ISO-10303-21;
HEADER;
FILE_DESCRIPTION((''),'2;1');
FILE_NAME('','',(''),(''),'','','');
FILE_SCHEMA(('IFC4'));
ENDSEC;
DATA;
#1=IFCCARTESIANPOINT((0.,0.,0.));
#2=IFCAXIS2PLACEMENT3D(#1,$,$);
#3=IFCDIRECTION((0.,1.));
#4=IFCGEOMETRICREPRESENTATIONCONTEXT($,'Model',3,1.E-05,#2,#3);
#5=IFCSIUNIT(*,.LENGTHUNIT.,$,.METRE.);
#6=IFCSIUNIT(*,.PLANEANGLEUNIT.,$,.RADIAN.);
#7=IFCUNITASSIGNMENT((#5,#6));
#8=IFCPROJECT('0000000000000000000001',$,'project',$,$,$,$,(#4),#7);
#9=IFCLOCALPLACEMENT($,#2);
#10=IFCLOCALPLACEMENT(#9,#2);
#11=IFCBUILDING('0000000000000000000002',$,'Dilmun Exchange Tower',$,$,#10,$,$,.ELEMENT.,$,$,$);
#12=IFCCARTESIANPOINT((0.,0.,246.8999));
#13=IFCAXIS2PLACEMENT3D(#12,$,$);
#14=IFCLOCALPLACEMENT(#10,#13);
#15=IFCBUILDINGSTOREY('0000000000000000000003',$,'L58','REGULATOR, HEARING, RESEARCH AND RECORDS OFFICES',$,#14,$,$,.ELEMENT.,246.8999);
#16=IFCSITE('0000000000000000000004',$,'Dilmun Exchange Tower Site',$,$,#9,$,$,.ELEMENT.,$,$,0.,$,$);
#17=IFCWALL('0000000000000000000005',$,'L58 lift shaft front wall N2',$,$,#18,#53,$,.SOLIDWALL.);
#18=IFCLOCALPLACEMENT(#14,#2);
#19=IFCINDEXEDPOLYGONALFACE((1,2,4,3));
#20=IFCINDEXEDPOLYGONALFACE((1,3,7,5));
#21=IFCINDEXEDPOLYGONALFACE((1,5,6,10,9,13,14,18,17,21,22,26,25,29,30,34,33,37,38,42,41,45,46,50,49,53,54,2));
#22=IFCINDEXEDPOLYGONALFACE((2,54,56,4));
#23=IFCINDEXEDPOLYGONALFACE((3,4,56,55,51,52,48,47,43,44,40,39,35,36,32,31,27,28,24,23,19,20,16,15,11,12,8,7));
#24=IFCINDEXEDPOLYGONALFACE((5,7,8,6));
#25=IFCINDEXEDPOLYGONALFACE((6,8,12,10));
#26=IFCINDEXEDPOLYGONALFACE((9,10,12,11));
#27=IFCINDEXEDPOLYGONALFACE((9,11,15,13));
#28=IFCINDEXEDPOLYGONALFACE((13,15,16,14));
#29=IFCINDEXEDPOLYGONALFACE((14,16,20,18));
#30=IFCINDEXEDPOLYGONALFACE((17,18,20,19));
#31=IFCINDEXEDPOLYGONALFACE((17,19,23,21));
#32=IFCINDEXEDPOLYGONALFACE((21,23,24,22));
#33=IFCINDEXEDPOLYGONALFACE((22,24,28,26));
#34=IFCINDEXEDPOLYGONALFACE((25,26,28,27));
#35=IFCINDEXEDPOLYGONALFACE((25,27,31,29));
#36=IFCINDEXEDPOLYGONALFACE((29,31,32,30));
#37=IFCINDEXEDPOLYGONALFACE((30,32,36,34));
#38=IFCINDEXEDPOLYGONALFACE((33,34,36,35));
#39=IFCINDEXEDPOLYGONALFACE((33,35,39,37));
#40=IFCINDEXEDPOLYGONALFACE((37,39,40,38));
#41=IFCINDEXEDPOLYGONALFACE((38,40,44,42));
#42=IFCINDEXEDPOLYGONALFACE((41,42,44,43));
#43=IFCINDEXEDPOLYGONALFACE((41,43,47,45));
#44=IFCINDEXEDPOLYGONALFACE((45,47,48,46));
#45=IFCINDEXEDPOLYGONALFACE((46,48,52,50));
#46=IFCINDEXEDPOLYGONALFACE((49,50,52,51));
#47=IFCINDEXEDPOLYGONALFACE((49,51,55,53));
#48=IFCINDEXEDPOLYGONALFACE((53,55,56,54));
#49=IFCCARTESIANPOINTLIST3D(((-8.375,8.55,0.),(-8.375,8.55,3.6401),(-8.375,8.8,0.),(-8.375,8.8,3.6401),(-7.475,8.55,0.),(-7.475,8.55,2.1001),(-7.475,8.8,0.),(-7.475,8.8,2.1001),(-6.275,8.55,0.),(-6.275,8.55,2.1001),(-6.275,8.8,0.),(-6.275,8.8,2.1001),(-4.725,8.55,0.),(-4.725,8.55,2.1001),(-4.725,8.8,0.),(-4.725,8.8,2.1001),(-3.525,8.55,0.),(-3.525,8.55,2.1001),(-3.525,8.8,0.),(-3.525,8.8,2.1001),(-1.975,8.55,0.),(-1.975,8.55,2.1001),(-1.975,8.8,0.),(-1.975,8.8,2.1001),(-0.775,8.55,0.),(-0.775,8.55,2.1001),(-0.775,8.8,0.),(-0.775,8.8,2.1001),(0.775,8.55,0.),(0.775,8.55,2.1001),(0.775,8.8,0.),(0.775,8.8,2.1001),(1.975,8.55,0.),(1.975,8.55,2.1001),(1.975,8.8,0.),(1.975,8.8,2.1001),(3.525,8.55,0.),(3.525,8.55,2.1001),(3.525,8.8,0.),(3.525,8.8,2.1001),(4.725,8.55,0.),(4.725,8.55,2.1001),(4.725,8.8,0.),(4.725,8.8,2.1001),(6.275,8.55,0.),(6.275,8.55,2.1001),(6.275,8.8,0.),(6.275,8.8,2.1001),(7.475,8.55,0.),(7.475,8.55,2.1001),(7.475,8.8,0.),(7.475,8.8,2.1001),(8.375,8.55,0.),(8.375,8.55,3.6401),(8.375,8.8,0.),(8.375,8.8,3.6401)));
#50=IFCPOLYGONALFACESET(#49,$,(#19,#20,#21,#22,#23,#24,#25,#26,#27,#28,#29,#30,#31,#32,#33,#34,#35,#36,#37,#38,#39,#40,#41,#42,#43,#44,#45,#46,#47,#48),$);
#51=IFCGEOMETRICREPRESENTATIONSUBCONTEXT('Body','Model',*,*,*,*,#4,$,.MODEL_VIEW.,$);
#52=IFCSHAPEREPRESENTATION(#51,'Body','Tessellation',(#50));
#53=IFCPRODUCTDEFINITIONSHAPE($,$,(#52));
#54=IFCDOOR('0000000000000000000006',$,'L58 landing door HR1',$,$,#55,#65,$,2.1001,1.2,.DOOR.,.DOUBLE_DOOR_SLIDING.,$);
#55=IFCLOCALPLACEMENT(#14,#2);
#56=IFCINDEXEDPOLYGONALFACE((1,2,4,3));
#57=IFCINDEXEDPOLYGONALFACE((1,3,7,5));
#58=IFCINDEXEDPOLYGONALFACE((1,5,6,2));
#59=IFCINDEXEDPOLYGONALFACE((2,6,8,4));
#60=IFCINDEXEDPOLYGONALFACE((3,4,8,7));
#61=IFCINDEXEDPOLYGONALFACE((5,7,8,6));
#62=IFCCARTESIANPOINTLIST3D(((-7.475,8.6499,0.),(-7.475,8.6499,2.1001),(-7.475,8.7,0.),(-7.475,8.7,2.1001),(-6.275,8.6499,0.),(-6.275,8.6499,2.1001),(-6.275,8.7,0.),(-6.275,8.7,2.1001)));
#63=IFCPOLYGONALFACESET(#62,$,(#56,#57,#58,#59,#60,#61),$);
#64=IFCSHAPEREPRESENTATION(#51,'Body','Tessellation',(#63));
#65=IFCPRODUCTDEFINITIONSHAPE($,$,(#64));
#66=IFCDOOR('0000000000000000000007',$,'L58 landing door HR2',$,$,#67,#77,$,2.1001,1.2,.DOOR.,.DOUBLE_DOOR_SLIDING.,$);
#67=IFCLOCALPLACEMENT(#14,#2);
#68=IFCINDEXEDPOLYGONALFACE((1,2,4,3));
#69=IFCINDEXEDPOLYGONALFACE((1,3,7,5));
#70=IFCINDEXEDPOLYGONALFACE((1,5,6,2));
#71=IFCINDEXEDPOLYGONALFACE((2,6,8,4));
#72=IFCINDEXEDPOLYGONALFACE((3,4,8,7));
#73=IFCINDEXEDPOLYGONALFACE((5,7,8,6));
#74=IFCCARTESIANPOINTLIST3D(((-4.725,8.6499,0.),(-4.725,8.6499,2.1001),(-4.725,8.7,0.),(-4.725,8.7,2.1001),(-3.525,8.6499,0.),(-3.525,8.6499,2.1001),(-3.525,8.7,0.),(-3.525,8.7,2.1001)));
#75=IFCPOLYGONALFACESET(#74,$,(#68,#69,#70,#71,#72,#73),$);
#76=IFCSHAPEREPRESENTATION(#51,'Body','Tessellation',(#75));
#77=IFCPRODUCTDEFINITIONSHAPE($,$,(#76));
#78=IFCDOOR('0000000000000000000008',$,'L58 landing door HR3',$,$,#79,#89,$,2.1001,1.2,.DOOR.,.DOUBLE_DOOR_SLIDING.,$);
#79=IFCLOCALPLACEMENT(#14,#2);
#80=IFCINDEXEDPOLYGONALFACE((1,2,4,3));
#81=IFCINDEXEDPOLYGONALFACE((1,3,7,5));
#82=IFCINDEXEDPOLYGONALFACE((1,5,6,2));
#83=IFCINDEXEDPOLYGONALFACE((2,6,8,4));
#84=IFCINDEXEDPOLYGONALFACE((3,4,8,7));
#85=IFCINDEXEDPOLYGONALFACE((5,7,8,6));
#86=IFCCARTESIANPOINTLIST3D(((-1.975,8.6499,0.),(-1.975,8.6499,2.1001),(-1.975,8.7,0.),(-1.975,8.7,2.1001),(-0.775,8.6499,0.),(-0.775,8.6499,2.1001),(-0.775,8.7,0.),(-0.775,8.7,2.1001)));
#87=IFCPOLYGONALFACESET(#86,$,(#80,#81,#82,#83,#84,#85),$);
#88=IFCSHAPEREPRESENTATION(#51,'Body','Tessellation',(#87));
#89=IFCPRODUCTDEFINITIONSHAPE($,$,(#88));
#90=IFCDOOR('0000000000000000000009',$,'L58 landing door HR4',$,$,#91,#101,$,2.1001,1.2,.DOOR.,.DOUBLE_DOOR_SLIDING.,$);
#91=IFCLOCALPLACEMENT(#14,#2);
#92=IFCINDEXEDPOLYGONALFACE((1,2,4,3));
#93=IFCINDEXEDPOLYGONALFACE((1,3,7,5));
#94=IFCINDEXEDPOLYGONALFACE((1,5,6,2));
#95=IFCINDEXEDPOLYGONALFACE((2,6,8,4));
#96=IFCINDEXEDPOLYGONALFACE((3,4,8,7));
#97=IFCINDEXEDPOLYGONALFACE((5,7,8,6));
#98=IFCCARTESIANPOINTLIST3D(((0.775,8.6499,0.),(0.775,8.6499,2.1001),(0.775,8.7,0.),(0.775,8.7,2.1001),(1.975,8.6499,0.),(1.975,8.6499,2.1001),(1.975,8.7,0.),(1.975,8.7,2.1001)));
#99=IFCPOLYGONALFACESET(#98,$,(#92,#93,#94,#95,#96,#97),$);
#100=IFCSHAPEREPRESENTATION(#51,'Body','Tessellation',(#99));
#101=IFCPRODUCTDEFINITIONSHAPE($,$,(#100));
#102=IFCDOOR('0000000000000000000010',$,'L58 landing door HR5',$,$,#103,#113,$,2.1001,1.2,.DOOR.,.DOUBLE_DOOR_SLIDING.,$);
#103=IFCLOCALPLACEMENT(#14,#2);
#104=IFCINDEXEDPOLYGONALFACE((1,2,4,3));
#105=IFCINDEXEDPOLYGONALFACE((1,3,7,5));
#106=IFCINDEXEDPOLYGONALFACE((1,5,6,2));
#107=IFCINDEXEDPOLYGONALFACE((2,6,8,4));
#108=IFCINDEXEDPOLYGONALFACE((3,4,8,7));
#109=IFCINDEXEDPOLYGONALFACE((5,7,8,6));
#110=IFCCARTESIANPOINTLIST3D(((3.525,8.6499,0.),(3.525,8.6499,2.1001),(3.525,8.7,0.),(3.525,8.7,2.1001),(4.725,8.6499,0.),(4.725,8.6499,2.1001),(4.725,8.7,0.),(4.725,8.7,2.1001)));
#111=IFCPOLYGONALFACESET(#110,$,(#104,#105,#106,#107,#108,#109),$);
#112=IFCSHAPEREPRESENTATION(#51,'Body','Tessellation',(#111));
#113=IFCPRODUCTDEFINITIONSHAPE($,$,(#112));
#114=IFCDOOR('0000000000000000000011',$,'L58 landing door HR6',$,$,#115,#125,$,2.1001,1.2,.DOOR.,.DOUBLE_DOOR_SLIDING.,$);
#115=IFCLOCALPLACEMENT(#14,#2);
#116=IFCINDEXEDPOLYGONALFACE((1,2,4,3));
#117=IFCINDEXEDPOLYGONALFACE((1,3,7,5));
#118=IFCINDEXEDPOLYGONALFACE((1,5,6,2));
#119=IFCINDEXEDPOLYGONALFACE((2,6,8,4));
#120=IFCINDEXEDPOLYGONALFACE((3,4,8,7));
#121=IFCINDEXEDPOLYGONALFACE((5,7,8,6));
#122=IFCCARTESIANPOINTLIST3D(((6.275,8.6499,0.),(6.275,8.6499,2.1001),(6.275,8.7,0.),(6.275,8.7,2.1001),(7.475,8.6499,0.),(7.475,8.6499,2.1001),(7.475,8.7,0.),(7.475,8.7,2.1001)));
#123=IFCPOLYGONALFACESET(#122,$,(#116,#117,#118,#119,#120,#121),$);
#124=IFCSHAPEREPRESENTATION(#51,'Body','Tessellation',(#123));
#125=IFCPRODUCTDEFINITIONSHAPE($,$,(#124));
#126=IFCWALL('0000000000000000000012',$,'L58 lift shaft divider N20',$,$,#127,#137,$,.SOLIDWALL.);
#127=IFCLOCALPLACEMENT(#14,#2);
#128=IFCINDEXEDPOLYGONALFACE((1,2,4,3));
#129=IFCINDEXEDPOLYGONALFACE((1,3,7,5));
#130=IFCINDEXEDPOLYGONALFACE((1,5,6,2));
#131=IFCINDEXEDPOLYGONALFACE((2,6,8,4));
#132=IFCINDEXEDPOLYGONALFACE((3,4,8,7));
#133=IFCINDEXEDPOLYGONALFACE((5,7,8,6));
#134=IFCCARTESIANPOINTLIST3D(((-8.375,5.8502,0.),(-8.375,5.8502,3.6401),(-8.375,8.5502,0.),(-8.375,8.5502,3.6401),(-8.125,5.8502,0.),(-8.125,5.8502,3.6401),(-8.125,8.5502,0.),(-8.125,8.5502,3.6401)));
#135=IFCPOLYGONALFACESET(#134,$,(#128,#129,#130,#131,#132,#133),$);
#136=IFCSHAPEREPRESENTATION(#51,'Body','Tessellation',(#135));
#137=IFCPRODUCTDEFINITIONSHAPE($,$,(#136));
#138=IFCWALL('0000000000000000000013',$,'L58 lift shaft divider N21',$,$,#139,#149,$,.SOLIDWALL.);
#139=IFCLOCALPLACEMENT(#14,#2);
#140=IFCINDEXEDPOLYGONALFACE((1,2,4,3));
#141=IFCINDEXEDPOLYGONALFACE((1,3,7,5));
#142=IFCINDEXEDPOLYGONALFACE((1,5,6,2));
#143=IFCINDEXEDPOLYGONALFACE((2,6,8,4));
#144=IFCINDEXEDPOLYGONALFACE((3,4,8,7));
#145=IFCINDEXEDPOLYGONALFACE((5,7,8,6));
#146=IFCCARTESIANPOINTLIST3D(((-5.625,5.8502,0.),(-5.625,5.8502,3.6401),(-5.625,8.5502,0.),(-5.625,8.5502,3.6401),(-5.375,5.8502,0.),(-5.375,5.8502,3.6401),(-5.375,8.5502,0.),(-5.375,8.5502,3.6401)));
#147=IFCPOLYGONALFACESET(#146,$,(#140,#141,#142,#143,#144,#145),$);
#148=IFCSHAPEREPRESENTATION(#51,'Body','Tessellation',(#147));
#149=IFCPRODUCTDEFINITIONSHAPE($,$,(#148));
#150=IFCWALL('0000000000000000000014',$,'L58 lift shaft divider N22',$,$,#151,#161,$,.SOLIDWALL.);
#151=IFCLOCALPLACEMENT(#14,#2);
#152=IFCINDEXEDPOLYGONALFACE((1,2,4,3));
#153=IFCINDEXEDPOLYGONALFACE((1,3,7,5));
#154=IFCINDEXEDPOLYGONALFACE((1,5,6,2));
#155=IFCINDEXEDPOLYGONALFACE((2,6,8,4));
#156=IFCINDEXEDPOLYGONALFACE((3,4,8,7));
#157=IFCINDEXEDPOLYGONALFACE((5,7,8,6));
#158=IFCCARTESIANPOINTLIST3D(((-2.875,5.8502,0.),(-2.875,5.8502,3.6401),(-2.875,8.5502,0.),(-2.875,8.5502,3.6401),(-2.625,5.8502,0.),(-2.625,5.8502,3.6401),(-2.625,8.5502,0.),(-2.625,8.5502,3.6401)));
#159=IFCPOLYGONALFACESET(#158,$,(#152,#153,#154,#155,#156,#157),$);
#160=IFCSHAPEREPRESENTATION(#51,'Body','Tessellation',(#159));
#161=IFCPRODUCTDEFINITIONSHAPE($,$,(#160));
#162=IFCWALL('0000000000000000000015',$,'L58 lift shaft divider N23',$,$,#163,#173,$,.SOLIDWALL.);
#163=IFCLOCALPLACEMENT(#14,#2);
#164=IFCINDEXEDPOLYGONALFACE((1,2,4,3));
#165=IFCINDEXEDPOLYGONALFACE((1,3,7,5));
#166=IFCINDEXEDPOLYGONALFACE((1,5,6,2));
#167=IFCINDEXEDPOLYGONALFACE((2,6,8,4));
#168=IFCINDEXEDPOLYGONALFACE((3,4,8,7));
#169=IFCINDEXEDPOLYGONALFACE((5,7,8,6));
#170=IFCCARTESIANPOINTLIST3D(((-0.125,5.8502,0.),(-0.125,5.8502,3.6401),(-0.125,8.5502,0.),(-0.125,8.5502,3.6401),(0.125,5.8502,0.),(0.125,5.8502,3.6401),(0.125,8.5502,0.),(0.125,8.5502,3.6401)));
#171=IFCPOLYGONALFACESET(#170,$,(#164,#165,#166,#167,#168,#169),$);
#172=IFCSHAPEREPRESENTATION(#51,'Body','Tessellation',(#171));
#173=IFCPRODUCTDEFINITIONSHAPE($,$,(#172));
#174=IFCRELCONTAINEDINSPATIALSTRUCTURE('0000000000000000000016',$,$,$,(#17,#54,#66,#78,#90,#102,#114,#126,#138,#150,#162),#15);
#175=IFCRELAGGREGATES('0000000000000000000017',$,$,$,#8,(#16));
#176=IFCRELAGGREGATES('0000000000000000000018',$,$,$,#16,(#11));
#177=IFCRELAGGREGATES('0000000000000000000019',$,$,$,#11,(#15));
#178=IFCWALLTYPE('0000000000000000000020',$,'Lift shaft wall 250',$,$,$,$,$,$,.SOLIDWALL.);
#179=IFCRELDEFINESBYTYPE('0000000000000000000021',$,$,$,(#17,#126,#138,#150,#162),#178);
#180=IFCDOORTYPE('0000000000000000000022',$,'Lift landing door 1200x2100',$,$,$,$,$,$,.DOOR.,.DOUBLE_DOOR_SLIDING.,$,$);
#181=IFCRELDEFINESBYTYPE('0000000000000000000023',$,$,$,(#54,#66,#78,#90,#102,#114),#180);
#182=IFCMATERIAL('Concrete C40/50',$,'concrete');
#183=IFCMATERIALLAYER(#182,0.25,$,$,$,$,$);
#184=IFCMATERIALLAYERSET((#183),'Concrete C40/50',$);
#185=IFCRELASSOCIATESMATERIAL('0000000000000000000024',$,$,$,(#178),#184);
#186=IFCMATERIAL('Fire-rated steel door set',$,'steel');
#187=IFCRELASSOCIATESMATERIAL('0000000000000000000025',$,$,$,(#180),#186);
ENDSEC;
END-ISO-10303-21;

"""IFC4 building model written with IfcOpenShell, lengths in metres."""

from ifc_helpers import new_model, si_unit, direction, frame, frame_2d, origin, place, context, subcontext, project, spatial, rectangle, extrude, material, layer, layer_set, type_object, element, fill, save


model = new_model("IFC4")

# Units and contexts
model_context = context("Model", 3, precision=1e-05, world=origin(), true_north=direction((0.0, 1.0)))
body_context = subcontext(model_context, "Body", "Model", "MODEL_VIEW")
ifc_project = project(units=[si_unit("LENGTHUNIT", "METRE"), si_unit("PLANEANGLEUNIT", "RADIAN")], contexts=[model_context])

# Site, building, storey
site_placement = place(None, origin())
site = spatial("IfcSite", under=ifc_project, at=site_placement, Name="Dilmun Exchange Tower Site", CompositionType="ELEMENT", RefElevation=0.0)
building_placement = place(site_placement, origin())
building = spatial("IfcBuilding", under=site, at=building_placement, Name="Dilmun Exchange Tower", CompositionType="ELEMENT")
storey_placement = place(building_placement, frame((0.0, 0.0, 246.8999)))
storey = spatial("IfcBuildingStorey", under=building, at=storey_placement, Name="L58", Description="REGULATOR, HEARING, RESEARCH AND RECORDS OFFICES", CompositionType="ELEMENT", Elevation=246.8999)

# Shared definitions
ifc_material_1 = material(Name="Concrete C40/50", Category="concrete")

# Shared definitions
ifc_material_2 = material(Name="Fire-rated steel door set", Category="steel")

# Wall, openings, doors
ifc_layer_1 = layer(ifc_material_1, 0.25)
ifc_layer_set_1 = layer_set([ifc_layer_1], Name="Concrete C40/50")
wall_type_1 = type_object("IfcWallType", Name="Lift shaft wall 250", PredefinedType="SOLIDWALL", material=ifc_layer_set_1)
wall_1_placement = place(storey_placement, frame((-8.375, 8.675, 0.0), z_axis=(0.0, 0.0, 1.0), x_axis=(1.0, 0.0, 0.0)))
wall_1 = element("IfcWall", 1, at=wall_1_placement, inside=storey, type_object=wall_type_1, Name="L58 lift shaft front wall N2", PredefinedType="SOLIDWALL", context=body_context, shape_type="SweptSolid", body=[
    extrude(rectangle(XDim=16.75, YDim=0.25, at=frame_2d((8.375, 0.0))), origin(), (0.0, 0.0, 1.0), 3.6401),
])
opening_1_placement = place(wall_1_placement, frame((0.8999, 0.0, 0.0)))
opening_1 = element("IfcOpeningElement", 2, at=opening_1_placement, cuts=wall_1, PredefinedType="OPENING", context=body_context, shape_type="SweptSolid", body=[
    extrude(rectangle(XDim=1.2, YDim=2.1001, at=frame_2d((0.6001, 1.05))), frame((0.0, 0.135, 0.0), z_axis=(0.0, -1.0, 0.0), x_axis=(1.0, 0.0, 0.0)), (0.0, 0.0, 1.0), 0.27),
])
opening_2_placement = place(wall_1_placement, frame((3.6499, 0.0, 0.0)))
opening_2 = element("IfcOpeningElement", 3, at=opening_2_placement, cuts=wall_1, PredefinedType="OPENING", context=body_context, shape_type="SweptSolid", body=[
    extrude(rectangle(XDim=1.2, YDim=2.1001, at=frame_2d((0.6001, 1.05))), frame((0.0, 0.135, 0.0), z_axis=(0.0, -1.0, 0.0), x_axis=(1.0, 0.0, 0.0)), (0.0, 0.0, 1.0), 0.27),
])
opening_3_placement = place(wall_1_placement, frame((6.3999, 0.0, 0.0)))
opening_3 = element("IfcOpeningElement", 4, at=opening_3_placement, cuts=wall_1, PredefinedType="OPENING", context=body_context, shape_type="SweptSolid", body=[
    extrude(rectangle(XDim=1.2, YDim=2.1001, at=frame_2d((0.6001, 1.05))), frame((0.0, 0.135, 0.0), z_axis=(0.0, -1.0, 0.0), x_axis=(1.0, 0.0, 0.0)), (0.0, 0.0, 1.0), 0.27),
])
opening_4_placement = place(wall_1_placement, frame((9.1499, 0.0, 0.0)))
opening_4 = element("IfcOpeningElement", 5, at=opening_4_placement, cuts=wall_1, PredefinedType="OPENING", context=body_context, shape_type="SweptSolid", body=[
    extrude(rectangle(XDim=1.2, YDim=2.1001, at=frame_2d((0.6001, 1.05))), frame((0.0, 0.135, 0.0), z_axis=(0.0, -1.0, 0.0), x_axis=(1.0, 0.0, 0.0)), (0.0, 0.0, 1.0), 0.27),
])
opening_5_placement = place(wall_1_placement, frame((11.8999, 0.0, 0.0)))
opening_5 = element("IfcOpeningElement", 6, at=opening_5_placement, cuts=wall_1, PredefinedType="OPENING", context=body_context, shape_type="SweptSolid", body=[
    extrude(rectangle(XDim=1.2, YDim=2.1001, at=frame_2d((0.6001, 1.05))), frame((0.0, 0.135, 0.0), z_axis=(0.0, -1.0, 0.0), x_axis=(1.0, 0.0, 0.0)), (0.0, 0.0, 1.0), 0.27),
])
opening_6_placement = place(wall_1_placement, frame((14.6499, 0.0, 0.0)))
opening_6 = element("IfcOpeningElement", 7, at=opening_6_placement, cuts=wall_1, PredefinedType="OPENING", context=body_context, shape_type="SweptSolid", body=[
    extrude(rectangle(XDim=1.2, YDim=2.1001, at=frame_2d((0.6001, 1.05))), frame((0.0, 0.135, 0.0), z_axis=(0.0, -1.0, 0.0), x_axis=(1.0, 0.0, 0.0)), (0.0, 0.0, 1.0), 0.27),
])
door_type_1 = type_object("IfcDoorType", Name="Lift landing door 1200x2100", OperationType="DOUBLE_DOOR_SLIDING", PredefinedType="DOOR", material=ifc_material_2)
door_1_placement = place(opening_1_placement, origin())
door_1 = element("IfcDoor", 8, at=door_1_placement, inside=storey, type_object=door_type_1, Name="L58 landing door HR1", OperationType="DOUBLE_DOOR_SLIDING", OverallHeight=2.1001, OverallWidth=1.2, PredefinedType="DOOR", context=body_context, shape_type="SweptSolid", body=[
    extrude(rectangle(XDim=1.2, YDim=2.1001, at=frame_2d((0.6001, 1.05))), frame((0.0, 0.0249, 0.0), z_axis=(0.0, -1.0, 0.0), x_axis=(1.0, 0.0, 0.0)), (0.0, 0.0, 1.0), 0.05),
])
fill(opening_1, door_1)
door_2_placement = place(opening_2_placement, origin())
door_2 = element("IfcDoor", 9, at=door_2_placement, inside=storey, type_object=door_type_1, Name="L58 landing door HR2", OperationType="DOUBLE_DOOR_SLIDING", OverallHeight=2.1001, OverallWidth=1.2, PredefinedType="DOOR", context=body_context, shape_type="SweptSolid", body=[
    extrude(rectangle(XDim=1.2, YDim=2.1001, at=frame_2d((0.6001, 1.05))), frame((0.0, 0.0249, 0.0), z_axis=(0.0, -1.0, 0.0), x_axis=(1.0, 0.0, 0.0)), (0.0, 0.0, 1.0), 0.05),
])
fill(opening_2, door_2)
door_3_placement = place(opening_3_placement, origin())
door_3 = element("IfcDoor", 10, at=door_3_placement, inside=storey, type_object=door_type_1, Name="L58 landing door HR3", OperationType="DOUBLE_DOOR_SLIDING", OverallHeight=2.1001, OverallWidth=1.2, PredefinedType="DOOR", context=body_context, shape_type="SweptSolid", body=[
    extrude(rectangle(XDim=1.2, YDim=2.1001, at=frame_2d((0.6001, 1.05))), frame((0.0, 0.0249, 0.0), z_axis=(0.0, -1.0, 0.0), x_axis=(1.0, 0.0, 0.0)), (0.0, 0.0, 1.0), 0.05),
])
fill(opening_3, door_3)
door_4_placement = place(opening_4_placement, origin())
door_4 = element("IfcDoor", 11, at=door_4_placement, inside=storey, type_object=door_type_1, Name="L58 landing door HR4", OperationType="DOUBLE_DOOR_SLIDING", OverallHeight=2.1001, OverallWidth=1.2, PredefinedType="DOOR", context=body_context, shape_type="SweptSolid", body=[
    extrude(rectangle(XDim=1.2, YDim=2.1001, at=frame_2d((0.6001, 1.05))), frame((0.0, 0.0249, 0.0), z_axis=(0.0, -1.0, 0.0), x_axis=(1.0, 0.0, 0.0)), (0.0, 0.0, 1.0), 0.05),
])
fill(opening_4, door_4)
door_5_placement = place(opening_5_placement, origin())
door_5 = element("IfcDoor", 12, at=door_5_placement, inside=storey, type_object=door_type_1, Name="L58 landing door HR5", OperationType="DOUBLE_DOOR_SLIDING", OverallHeight=2.1001, OverallWidth=1.2, PredefinedType="DOOR", context=body_context, shape_type="SweptSolid", body=[
    extrude(rectangle(XDim=1.2, YDim=2.1001, at=frame_2d((0.6001, 1.05))), frame((0.0, 0.0249, 0.0), z_axis=(0.0, -1.0, 0.0), x_axis=(1.0, 0.0, 0.0)), (0.0, 0.0, 1.0), 0.05),
])
fill(opening_5, door_5)
door_6_placement = place(opening_6_placement, origin())
door_6 = element("IfcDoor", 13, at=door_6_placement, inside=storey, type_object=door_type_1, Name="L58 landing door HR6", OperationType="DOUBLE_DOOR_SLIDING", OverallHeight=2.1001, OverallWidth=1.2, PredefinedType="DOOR", context=body_context, shape_type="SweptSolid", body=[
    extrude(rectangle(XDim=1.2, YDim=2.1001, at=frame_2d((0.6001, 1.05))), frame((0.0, 0.0249, 0.0), z_axis=(0.0, -1.0, 0.0), x_axis=(1.0, 0.0, 0.0)), (0.0, 0.0, 1.0), 0.05),
])
fill(opening_6, door_6)

# Walls
for number, where, z_axis, x_axis, name in (
    (14, (-8.25, 5.8501, 0.0), (0.0, 0.0, 1.0), (0.0, 1.0, 0.0), "L58 lift shaft divider N20"),
    (15, (-5.5, 5.8501, 0.0), (0.0, 0.0, 1.0), (0.0, 1.0, 0.0), "L58 lift shaft divider N21"),
    (16, (-2.75, 5.8501, 0.0), (0.0, 0.0, 1.0), (0.0, 1.0, 0.0), "L58 lift shaft divider N22"),
    (17, (0.0, 5.8501, 0.0), (0.0, 0.0, 1.0), (0.0, 1.0, 0.0), "L58 lift shaft divider N23"),
):
    element("IfcWall", number, at=place(storey_placement, frame(where, z_axis=z_axis, x_axis=x_axis)), inside=storey, type_object=wall_type_1, Name=name, PredefinedType="SOLIDWALL", context=body_context, shape_type="SweptSolid", body=[
        extrude(rectangle(XDim=2.7, YDim=0.25, at=frame_2d((1.3501, 0.0))), origin(), (0.0, 0.0, 1.0), 3.6401),
    ])

save(model, "model.ifc")
